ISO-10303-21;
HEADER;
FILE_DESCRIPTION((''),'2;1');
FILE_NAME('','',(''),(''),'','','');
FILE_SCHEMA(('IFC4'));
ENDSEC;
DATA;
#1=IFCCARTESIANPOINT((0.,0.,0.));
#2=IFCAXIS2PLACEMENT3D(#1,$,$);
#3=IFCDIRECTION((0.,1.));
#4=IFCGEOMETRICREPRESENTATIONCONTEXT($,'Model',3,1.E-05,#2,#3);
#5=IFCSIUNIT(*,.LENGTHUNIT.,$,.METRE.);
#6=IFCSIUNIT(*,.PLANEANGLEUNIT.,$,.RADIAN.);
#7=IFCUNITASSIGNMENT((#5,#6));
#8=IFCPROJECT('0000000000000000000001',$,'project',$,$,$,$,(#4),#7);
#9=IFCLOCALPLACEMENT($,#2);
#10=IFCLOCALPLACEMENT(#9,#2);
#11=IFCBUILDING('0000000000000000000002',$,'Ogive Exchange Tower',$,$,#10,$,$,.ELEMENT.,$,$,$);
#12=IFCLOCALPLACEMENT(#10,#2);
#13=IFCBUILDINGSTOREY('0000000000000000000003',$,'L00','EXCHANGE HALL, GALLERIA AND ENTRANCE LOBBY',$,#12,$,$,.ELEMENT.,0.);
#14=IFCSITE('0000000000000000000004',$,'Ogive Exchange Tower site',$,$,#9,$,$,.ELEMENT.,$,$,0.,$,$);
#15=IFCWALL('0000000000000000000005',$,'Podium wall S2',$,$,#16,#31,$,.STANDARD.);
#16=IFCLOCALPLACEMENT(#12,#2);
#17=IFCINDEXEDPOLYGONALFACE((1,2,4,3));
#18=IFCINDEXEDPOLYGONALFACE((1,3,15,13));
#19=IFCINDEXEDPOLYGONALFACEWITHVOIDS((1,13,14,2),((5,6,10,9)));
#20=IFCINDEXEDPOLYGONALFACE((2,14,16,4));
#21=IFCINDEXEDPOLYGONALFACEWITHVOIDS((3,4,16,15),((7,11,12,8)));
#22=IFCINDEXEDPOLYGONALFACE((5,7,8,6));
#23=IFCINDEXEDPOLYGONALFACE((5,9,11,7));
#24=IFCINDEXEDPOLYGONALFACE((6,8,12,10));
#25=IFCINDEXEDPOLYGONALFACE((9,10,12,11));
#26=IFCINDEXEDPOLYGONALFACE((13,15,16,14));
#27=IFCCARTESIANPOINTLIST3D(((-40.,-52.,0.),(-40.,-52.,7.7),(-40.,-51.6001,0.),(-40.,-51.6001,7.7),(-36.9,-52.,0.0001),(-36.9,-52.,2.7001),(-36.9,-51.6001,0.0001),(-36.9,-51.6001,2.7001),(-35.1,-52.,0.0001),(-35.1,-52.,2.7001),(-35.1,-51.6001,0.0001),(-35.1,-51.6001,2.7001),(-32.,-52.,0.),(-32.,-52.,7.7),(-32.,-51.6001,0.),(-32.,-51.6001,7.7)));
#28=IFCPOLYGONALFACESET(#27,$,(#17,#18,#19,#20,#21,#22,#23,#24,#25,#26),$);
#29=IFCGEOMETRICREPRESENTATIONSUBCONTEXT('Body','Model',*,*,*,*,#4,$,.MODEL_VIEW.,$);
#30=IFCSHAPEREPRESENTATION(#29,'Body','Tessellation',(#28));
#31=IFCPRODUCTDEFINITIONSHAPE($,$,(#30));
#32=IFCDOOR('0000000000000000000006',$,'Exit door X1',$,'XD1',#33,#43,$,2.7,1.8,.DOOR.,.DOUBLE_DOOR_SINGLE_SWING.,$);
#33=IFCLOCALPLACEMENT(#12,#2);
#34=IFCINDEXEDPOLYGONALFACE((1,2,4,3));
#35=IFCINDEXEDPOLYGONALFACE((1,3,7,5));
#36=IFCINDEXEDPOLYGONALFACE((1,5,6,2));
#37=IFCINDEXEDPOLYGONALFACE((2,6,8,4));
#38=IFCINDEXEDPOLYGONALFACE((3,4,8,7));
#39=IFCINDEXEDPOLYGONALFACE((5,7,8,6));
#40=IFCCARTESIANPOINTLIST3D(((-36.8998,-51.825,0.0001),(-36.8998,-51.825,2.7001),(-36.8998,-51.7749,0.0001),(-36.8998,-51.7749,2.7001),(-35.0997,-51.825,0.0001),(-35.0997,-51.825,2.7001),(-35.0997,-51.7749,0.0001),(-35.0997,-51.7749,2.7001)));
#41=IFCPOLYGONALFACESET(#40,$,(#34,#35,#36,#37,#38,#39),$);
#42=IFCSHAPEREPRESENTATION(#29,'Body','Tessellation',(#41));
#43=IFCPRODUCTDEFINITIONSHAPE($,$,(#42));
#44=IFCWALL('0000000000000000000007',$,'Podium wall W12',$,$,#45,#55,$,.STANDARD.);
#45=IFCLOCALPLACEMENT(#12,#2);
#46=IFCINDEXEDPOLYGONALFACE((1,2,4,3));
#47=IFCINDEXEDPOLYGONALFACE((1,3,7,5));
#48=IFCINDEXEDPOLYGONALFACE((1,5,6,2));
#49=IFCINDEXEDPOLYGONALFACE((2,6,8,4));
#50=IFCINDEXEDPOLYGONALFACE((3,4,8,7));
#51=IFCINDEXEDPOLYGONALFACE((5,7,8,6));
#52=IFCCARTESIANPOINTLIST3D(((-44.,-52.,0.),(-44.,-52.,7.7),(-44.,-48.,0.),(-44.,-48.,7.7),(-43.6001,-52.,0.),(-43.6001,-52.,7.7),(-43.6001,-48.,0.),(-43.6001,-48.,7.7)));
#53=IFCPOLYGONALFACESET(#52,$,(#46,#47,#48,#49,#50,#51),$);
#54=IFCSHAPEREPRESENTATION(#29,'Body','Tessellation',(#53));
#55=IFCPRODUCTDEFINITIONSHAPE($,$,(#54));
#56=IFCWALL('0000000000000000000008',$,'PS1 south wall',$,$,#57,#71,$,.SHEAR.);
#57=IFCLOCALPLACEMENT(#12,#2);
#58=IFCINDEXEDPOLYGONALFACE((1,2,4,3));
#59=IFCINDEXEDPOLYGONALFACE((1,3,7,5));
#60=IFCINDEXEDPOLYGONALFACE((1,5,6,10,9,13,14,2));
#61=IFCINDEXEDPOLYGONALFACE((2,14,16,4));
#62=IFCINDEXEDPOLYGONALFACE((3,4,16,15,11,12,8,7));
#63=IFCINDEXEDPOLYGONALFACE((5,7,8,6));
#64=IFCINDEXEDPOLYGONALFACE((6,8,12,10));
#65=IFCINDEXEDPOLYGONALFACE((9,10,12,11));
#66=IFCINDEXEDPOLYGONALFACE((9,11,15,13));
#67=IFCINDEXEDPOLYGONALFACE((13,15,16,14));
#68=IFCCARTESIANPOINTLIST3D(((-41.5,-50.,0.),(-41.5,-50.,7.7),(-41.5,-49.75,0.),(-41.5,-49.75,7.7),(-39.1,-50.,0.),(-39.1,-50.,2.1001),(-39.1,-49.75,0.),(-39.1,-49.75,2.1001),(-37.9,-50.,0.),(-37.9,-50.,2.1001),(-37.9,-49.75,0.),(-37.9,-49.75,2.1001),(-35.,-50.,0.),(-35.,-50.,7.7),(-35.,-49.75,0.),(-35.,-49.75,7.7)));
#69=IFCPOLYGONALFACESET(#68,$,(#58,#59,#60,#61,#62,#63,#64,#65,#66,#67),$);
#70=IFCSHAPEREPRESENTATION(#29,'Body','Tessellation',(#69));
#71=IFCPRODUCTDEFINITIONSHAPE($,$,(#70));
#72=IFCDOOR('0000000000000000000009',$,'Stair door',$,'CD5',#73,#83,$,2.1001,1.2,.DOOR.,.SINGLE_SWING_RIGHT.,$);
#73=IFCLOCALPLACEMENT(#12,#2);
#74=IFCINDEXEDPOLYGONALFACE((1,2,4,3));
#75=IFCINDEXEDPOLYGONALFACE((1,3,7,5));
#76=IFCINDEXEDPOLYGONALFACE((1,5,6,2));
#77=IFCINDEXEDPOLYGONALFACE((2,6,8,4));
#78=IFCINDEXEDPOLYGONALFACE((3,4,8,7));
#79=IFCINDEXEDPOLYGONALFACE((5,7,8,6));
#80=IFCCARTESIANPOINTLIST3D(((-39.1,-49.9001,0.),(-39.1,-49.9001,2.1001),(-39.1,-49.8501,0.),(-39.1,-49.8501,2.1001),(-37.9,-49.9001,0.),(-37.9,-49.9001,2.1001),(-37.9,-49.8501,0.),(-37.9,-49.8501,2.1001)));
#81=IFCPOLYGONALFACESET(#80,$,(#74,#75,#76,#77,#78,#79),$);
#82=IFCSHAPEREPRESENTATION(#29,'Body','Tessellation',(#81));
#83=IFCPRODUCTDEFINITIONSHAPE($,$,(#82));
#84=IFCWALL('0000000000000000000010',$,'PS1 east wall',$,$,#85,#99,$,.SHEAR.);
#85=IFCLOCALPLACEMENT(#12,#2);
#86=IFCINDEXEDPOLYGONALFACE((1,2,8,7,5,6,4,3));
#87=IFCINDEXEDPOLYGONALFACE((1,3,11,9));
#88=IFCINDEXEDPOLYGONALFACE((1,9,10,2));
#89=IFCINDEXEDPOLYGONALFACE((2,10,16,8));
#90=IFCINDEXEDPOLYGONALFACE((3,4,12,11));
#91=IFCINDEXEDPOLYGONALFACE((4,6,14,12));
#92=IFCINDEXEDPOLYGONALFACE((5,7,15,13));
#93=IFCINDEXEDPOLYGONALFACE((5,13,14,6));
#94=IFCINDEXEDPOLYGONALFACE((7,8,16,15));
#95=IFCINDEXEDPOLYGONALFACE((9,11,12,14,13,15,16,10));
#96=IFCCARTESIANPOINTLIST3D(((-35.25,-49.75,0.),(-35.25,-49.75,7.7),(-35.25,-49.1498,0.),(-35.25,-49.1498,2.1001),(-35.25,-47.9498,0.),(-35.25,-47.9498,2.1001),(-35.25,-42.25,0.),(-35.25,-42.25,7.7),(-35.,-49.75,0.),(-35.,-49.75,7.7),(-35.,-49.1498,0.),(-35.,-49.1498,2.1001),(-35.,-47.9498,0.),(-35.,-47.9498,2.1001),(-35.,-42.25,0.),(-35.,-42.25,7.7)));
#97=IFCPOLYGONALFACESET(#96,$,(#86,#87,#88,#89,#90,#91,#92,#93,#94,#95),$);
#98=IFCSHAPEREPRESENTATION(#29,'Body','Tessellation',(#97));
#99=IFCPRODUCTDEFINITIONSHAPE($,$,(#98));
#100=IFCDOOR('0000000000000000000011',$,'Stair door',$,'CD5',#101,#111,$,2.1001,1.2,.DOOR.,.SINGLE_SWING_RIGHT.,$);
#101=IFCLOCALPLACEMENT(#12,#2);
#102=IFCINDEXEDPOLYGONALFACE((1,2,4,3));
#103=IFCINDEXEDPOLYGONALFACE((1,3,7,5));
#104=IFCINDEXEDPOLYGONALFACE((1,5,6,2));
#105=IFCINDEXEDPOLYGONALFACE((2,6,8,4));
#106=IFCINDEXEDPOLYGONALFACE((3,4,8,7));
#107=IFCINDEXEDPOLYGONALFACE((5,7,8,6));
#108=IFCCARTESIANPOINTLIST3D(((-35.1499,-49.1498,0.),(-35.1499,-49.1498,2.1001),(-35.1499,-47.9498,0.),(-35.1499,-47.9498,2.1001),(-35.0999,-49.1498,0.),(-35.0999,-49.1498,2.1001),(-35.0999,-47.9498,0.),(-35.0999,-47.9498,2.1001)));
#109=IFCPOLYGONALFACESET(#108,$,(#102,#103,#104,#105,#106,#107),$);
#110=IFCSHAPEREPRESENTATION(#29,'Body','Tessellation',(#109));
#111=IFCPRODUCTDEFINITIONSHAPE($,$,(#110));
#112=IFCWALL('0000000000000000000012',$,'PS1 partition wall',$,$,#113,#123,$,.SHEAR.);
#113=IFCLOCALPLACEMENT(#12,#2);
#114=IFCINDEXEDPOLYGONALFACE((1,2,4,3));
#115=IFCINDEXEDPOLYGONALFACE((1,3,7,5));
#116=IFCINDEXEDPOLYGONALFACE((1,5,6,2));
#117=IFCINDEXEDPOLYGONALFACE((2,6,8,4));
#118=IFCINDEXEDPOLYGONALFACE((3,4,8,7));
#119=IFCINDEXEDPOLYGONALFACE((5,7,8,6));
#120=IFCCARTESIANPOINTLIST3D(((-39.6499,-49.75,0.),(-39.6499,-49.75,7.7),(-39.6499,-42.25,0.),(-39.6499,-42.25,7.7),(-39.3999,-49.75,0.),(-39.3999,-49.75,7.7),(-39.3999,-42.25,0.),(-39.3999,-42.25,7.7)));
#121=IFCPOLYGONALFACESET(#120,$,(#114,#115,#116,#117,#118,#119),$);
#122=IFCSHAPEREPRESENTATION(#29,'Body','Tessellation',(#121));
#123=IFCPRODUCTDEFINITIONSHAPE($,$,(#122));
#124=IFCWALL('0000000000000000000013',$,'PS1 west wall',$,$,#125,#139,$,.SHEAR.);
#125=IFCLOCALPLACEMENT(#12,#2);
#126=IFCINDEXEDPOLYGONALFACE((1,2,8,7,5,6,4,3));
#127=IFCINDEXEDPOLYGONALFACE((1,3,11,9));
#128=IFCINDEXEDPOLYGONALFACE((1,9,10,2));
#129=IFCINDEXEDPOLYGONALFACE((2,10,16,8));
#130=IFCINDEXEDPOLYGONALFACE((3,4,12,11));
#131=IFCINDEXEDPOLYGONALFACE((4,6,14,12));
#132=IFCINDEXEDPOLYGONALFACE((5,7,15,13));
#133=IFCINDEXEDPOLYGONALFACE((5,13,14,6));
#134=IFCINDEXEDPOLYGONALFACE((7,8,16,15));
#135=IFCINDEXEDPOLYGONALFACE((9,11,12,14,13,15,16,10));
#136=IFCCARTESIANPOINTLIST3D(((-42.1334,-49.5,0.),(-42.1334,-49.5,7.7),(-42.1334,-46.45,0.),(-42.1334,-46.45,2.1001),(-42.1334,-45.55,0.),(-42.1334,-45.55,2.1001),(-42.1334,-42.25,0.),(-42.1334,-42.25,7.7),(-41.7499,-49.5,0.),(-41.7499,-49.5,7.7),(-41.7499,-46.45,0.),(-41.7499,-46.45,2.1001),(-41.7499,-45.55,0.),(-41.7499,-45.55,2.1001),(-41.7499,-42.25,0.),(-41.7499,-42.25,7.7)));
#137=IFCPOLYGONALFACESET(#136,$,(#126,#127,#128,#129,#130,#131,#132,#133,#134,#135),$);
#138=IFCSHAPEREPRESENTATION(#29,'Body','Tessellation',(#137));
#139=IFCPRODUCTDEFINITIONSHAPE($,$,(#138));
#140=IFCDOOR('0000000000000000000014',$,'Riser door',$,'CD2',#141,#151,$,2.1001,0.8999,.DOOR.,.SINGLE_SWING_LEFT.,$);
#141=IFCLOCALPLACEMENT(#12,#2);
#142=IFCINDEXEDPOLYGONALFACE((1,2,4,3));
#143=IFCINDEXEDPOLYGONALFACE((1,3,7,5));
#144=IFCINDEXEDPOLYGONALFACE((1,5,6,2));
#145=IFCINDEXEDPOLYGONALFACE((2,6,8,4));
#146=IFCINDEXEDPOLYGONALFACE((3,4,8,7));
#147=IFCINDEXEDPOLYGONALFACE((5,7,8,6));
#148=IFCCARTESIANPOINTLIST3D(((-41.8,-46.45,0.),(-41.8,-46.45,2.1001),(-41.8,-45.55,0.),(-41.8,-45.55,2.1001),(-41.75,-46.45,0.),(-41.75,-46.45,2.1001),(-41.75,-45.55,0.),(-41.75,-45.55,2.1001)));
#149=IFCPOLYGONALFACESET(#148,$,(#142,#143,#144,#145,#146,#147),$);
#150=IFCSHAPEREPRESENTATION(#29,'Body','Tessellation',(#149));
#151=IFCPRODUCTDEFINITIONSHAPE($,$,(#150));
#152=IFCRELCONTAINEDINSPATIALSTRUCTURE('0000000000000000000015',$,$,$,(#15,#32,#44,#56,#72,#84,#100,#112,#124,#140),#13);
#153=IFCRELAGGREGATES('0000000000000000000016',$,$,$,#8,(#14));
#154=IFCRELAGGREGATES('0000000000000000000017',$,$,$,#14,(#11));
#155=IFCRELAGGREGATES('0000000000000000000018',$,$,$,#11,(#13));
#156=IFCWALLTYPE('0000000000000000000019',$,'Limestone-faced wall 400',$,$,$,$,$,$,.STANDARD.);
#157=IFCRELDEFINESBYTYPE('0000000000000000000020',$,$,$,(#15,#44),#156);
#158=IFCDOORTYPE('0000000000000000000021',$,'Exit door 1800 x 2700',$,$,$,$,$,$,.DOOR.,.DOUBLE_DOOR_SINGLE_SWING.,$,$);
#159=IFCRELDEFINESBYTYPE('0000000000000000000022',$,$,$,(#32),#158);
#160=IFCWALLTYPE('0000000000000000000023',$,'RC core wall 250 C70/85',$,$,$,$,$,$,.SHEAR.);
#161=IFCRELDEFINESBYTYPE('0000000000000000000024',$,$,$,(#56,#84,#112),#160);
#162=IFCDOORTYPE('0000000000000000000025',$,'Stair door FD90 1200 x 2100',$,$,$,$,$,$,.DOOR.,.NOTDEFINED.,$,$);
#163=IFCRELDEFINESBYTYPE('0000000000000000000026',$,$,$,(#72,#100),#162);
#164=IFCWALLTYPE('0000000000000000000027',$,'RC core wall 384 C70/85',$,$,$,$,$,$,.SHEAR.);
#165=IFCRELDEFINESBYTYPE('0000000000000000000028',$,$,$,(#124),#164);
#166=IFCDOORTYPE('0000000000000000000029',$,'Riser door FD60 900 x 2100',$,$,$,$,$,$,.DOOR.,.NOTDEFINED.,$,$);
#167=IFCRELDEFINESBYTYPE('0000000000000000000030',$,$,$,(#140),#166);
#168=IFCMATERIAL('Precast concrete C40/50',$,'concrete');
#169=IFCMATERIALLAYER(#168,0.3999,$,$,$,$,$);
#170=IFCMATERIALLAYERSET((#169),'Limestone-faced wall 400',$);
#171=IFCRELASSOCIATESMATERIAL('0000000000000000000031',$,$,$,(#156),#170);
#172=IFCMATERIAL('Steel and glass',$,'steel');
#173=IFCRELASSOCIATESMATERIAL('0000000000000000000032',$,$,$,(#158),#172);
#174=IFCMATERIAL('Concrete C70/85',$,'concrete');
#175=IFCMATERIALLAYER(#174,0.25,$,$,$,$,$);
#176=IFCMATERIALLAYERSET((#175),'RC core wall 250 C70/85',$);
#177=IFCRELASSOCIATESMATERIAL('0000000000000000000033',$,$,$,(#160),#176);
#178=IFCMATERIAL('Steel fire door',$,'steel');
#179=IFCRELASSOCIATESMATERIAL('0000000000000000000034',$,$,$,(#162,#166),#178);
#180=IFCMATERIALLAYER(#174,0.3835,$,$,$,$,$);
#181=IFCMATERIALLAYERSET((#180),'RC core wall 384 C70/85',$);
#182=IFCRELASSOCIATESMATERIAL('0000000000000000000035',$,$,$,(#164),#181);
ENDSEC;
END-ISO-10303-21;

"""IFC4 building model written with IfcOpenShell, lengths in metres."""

from ifc_helpers import new_model, si_unit, direction, frame, frame_2d, origin, place, context, subcontext, project, spatial, rectangle, extrude, material, layer, layer_set, type_object, element, fill, save


model = new_model("IFC4")

# Units and contexts
model_context = context("Model", 3, precision=1e-05, world=origin(), true_north=direction((0.0, 1.0)))
body_context = subcontext(model_context, "Body", "Model", "MODEL_VIEW")
ifc_project = project(units=[si_unit("LENGTHUNIT", "METRE"), si_unit("PLANEANGLEUNIT", "RADIAN")], contexts=[model_context])

# Site, building, storey
site_placement = place(None, origin())
site = spatial("IfcSite", under=ifc_project, at=site_placement, Name="Ogive Exchange Tower site", CompositionType="ELEMENT", RefElevation=0.0)
building_placement = place(site_placement, origin())
building = spatial("IfcBuilding", under=site, at=building_placement, Name="Ogive Exchange Tower", CompositionType="ELEMENT")
storey_placement = place(building_placement, origin())
storey = spatial("IfcBuildingStorey", under=building, at=storey_placement, Name="L00", Description="EXCHANGE HALL, GALLERIA AND ENTRANCE LOBBY", CompositionType="ELEMENT", Elevation=0.0)

# Shared definitions
ifc_material_1 = material(Name="Concrete C70/85", Category="concrete")

# Shared definitions
ifc_material_2 = material(Name="Precast concrete C40/50", Category="concrete")

# Shared definitions
ifc_layer_1 = layer(ifc_material_2, 0.3999)
ifc_layer_set_1 = layer_set([ifc_layer_1], Name="Limestone-faced wall 400")
wall_type_1 = type_object("IfcWallType", Name="Limestone-faced wall 400", PredefinedType="STANDARD", material=ifc_layer_set_1)

# Wall, opening, door
wall_1_placement = place(storey_placement, frame((-40.0, -51.8, 0.0), z_axis=(0.0, 0.0, 1.0), x_axis=(1.0, 0.0, 0.0)))
wall_1 = element("IfcWall", 1, at=wall_1_placement, inside=storey, type_object=wall_type_1, Name="Podium wall S2", PredefinedType="STANDARD", context=body_context, shape_type="SweptSolid", body=[
    extrude(rectangle(XDim=8.0, YDim=0.3999, at=frame_2d((4.0, 0.0))), origin(), (0.0, 0.0, 1.0), 7.7),
])
opening_1_placement = place(wall_1_placement, frame((3.1001, 0.0, 0.0)))
opening_1 = element("IfcOpeningElement", 2, at=opening_1_placement, cuts=wall_1, PredefinedType="OPENING", context=body_context, shape_type="SweptSolid", body=[
    extrude(rectangle(XDim=1.8, YDim=2.7, at=frame_2d((0.8999, 1.3501))), frame((0.0, 0.21, 0.0), z_axis=(0.0, -1.0, 0.0), x_axis=(1.0, 0.0, 0.0)), (0.0, 0.0, 1.0), 0.4199),
])
ifc_material_3 = material(Name="Steel and glass", Category="steel")
door_type_1 = type_object("IfcDoorType", Name="Exit door 1800 x 2700", OperationType="DOUBLE_DOOR_SINGLE_SWING", PredefinedType="DOOR", material=ifc_material_3)
door_1_placement = place(opening_1_placement, frame((1.8, 0.0, 0.0), z_axis=(0.0, 0.0, 1.0), x_axis=(-1.0, 0.0, 0.0)))
door_1 = element("IfcDoor", 3, at=door_1_placement, inside=storey, type_object=door_type_1, Name="Exit door X1", ObjectType="XD1", OperationType="DOUBLE_DOOR_SINGLE_SWING", OverallHeight=2.7, OverallWidth=1.8, PredefinedType="DOOR", context=body_context, shape_type="SweptSolid", body=[
    extrude(rectangle(XDim=1.8, YDim=2.7, at=frame_2d((0.8999, 1.3501))), frame((0.0, 0.0249, 0.0), z_axis=(0.0, -1.0, 0.0), x_axis=(1.0, 0.0, 0.0)), (0.0, 0.0, 1.0), 0.05),
])
fill(opening_1, door_1)

# Wall
wall_2_placement = place(storey_placement, frame((-43.8, -48.0, 0.0), z_axis=(0.0, 0.0, 1.0), x_axis=(0.0, -1.0, 0.0)))
element("IfcWall", 4, at=wall_2_placement, inside=storey, type_object=wall_type_1, Name="Podium wall W12", PredefinedType="STANDARD", context=body_context, shape_type="SweptSolid", body=[
    extrude(rectangle(XDim=4.0, YDim=0.3999, at=frame_2d((2.0, 0.0))), origin(), (0.0, 0.0, 1.0), 7.7),
])

# Walls, openings, doors
ifc_layer_2 = layer(ifc_material_1, 0.25)
ifc_layer_set_2 = layer_set([ifc_layer_2], Name="RC core wall 250 C70/85")
wall_type_2 = type_object("IfcWallType", Name="RC core wall 250 C70/85", PredefinedType="SHEAR", material=ifc_layer_set_2)
wall_3_placement = place(storey_placement, frame((-41.5, -49.875, 0.0), z_axis=(0.0, 0.0, 1.0), x_axis=(1.0, 0.0, 0.0)))
wall_3 = element("IfcWall", 5, at=wall_3_placement, inside=storey, type_object=wall_type_2, Name="PS1 south wall", PredefinedType="SHEAR", context=body_context, shape_type="SweptSolid", body=[
    extrude(rectangle(XDim=6.5, YDim=0.25, at=frame_2d((3.25, 0.0))), origin(), (0.0, 0.0, 1.0), 7.7),
])
opening_2_placement = place(wall_3_placement, frame((2.3999, 0.0, 0.0)))
opening_2 = element("IfcOpeningElement", 6, at=opening_2_placement, cuts=wall_3, PredefinedType="OPENING", context=body_context, shape_type="SweptSolid", body=[
    extrude(rectangle(XDim=1.2, YDim=2.1001, at=frame_2d((0.6001, 1.05))), frame((0.0, 0.135, 0.0), z_axis=(0.0, -1.0, 0.0), x_axis=(1.0, 0.0, 0.0)), (0.0, 0.0, 1.0), 0.27),
])
ifc_material_4 = material(Name="Steel fire door", Category="steel")
door_type_2 = type_object("IfcDoorType", Name="Stair door FD90 1200 x 2100", OperationType="NOTDEFINED", PredefinedType="DOOR", material=ifc_material_4)
door_2_placement = place(opening_2_placement, origin())
door_2 = element("IfcDoor", 7, at=door_2_placement, inside=storey, type_object=door_type_2, Name="Stair door", ObjectType="CD5", OperationType="SINGLE_SWING_RIGHT", OverallHeight=2.1001, OverallWidth=1.2, PredefinedType="DOOR", context=body_context, shape_type="SweptSolid", body=[
    extrude(rectangle(XDim=1.2, YDim=2.1001, at=frame_2d((0.6001, 1.05))), frame((0.0, 0.0249, 0.0), z_axis=(0.0, -1.0, 0.0), x_axis=(1.0, 0.0, 0.0)), (0.0, 0.0, 1.0), 0.05),
])
fill(opening_2, door_2)
wall_4_placement = place(storey_placement, frame((-35.125, -49.75, 0.0), z_axis=(0.0, 0.0, 1.0), x_axis=(0.0, 1.0, 0.0)))
wall_4 = element("IfcWall", 8, at=wall_4_placement, inside=storey, type_object=wall_type_2, Name="PS1 east wall", PredefinedType="SHEAR", context=body_context, shape_type="SweptSolid", body=[
    extrude(rectangle(XDim=7.5, YDim=0.25, at=frame_2d((3.75, 0.0))), origin(), (0.0, 0.0, 1.0), 7.7),
])
opening_3_placement = place(wall_4_placement, frame((0.6001, 0.0, 0.0)))
opening_3 = element("IfcOpeningElement", 9, at=opening_3_placement, cuts=wall_4, PredefinedType="OPENING", context=body_context, shape_type="SweptSolid", body=[
    extrude(rectangle(XDim=1.2, YDim=2.1001, at=frame_2d((0.6001, 1.05))), frame((0.0, 0.135, 0.0), z_axis=(0.0, -1.0, 0.0), x_axis=(1.0, 0.0, 0.0)), (0.0, 0.0, 1.0), 0.27),
])
door_3_placement = place(opening_3_placement, origin())
door_3 = element("IfcDoor", 10, at=door_3_placement, inside=storey, type_object=door_type_2, Name="Stair door", ObjectType="CD5", OperationType="SINGLE_SWING_RIGHT", OverallHeight=2.1001, OverallWidth=1.2, PredefinedType="DOOR", context=body_context, shape_type="SweptSolid", body=[
    extrude(rectangle(XDim=1.2, YDim=2.1001, at=frame_2d((0.6001, 1.05))), frame((0.0, 0.0249, 0.0), z_axis=(0.0, -1.0, 0.0), x_axis=(1.0, 0.0, 0.0)), (0.0, 0.0, 1.0), 0.05),
])
fill(opening_3, door_3)

# Wall
wall_5_placement = place(storey_placement, frame((-39.5249, -49.75, 0.0), z_axis=(0.0, 0.0, 1.0), x_axis=(0.0, 1.0, 0.0)))
element("IfcWall", 11, at=wall_5_placement, inside=storey, type_object=wall_type_2, Name="PS1 partition wall", PredefinedType="SHEAR", context=body_context, shape_type="SweptSolid", body=[
    extrude(rectangle(XDim=7.5, YDim=0.25, at=frame_2d((3.75, 0.0))), origin(), (0.0, 0.0, 1.0), 7.7),
])

# Wall, opening, door
ifc_layer_3 = layer(ifc_material_1, 0.3835)
ifc_layer_set_3 = layer_set([ifc_layer_3], Name="RC core wall 384 C70/85")
wall_type_3 = type_object("IfcWallType", Name="RC core wall 384 C70/85", PredefinedType="SHEAR", material=ifc_layer_set_3)
wall_6_placement = place(storey_placement, frame((-41.9417, -49.5, 0.0), z_axis=(0.0, 0.0, 1.0), x_axis=(0.0, 1.0, 0.0)))
wall_6 = element("IfcWall", 12, at=wall_6_placement, inside=storey, type_object=wall_type_3, Name="PS1 west wall", PredefinedType="SHEAR", context=body_context, shape_type="SweptSolid", body=[
    extrude(rectangle(XDim=7.25, YDim=0.3835, at=frame_2d((3.625, 0.0))), origin(), (0.0, 0.0, 1.0), 7.7),
])
opening_4_placement = place(wall_6_placement, frame((3.05, 0.0, 0.0)))
opening_4 = element("IfcOpeningElement", 13, at=opening_4_placement, cuts=wall_6, PredefinedType="OPENING", context=body_context, shape_type="SweptSolid", body=[
    extrude(rectangle(XDim=0.8999, YDim=2.1001, at=frame_2d((0.45, 1.05))), frame((0.0, 0.2017, 0.0), z_axis=(0.0, -1.0, 0.0), x_axis=(1.0, 0.0, 0.0)), (0.0, 0.0, 1.0), 0.4036),
])
door_type_3 = type_object("IfcDoorType", Name="Riser door FD60 900 x 2100", OperationType="NOTDEFINED", PredefinedType="DOOR", material=ifc_material_4)
door_4_placement = place(opening_4_placement, origin())
door_4 = element("IfcDoor", 14, at=door_4_placement, inside=storey, type_object=door_type_3, Name="Riser door", ObjectType="CD2", OperationType="SINGLE_SWING_LEFT", OverallHeight=2.1001, OverallWidth=0.8999, PredefinedType="DOOR", context=body_context, shape_type="SweptSolid", body=[
    extrude(rectangle(XDim=0.8999, YDim=2.1001, at=frame_2d((0.45, 1.05))), frame((0.0, -0.1416, 0.0), z_axis=(0.0, -1.0, 0.0), x_axis=(1.0, 0.0, 0.0)), (0.0, 0.0, 1.0), 0.05),
])
fill(opening_4, door_4)

save(model, "model.ifc")
